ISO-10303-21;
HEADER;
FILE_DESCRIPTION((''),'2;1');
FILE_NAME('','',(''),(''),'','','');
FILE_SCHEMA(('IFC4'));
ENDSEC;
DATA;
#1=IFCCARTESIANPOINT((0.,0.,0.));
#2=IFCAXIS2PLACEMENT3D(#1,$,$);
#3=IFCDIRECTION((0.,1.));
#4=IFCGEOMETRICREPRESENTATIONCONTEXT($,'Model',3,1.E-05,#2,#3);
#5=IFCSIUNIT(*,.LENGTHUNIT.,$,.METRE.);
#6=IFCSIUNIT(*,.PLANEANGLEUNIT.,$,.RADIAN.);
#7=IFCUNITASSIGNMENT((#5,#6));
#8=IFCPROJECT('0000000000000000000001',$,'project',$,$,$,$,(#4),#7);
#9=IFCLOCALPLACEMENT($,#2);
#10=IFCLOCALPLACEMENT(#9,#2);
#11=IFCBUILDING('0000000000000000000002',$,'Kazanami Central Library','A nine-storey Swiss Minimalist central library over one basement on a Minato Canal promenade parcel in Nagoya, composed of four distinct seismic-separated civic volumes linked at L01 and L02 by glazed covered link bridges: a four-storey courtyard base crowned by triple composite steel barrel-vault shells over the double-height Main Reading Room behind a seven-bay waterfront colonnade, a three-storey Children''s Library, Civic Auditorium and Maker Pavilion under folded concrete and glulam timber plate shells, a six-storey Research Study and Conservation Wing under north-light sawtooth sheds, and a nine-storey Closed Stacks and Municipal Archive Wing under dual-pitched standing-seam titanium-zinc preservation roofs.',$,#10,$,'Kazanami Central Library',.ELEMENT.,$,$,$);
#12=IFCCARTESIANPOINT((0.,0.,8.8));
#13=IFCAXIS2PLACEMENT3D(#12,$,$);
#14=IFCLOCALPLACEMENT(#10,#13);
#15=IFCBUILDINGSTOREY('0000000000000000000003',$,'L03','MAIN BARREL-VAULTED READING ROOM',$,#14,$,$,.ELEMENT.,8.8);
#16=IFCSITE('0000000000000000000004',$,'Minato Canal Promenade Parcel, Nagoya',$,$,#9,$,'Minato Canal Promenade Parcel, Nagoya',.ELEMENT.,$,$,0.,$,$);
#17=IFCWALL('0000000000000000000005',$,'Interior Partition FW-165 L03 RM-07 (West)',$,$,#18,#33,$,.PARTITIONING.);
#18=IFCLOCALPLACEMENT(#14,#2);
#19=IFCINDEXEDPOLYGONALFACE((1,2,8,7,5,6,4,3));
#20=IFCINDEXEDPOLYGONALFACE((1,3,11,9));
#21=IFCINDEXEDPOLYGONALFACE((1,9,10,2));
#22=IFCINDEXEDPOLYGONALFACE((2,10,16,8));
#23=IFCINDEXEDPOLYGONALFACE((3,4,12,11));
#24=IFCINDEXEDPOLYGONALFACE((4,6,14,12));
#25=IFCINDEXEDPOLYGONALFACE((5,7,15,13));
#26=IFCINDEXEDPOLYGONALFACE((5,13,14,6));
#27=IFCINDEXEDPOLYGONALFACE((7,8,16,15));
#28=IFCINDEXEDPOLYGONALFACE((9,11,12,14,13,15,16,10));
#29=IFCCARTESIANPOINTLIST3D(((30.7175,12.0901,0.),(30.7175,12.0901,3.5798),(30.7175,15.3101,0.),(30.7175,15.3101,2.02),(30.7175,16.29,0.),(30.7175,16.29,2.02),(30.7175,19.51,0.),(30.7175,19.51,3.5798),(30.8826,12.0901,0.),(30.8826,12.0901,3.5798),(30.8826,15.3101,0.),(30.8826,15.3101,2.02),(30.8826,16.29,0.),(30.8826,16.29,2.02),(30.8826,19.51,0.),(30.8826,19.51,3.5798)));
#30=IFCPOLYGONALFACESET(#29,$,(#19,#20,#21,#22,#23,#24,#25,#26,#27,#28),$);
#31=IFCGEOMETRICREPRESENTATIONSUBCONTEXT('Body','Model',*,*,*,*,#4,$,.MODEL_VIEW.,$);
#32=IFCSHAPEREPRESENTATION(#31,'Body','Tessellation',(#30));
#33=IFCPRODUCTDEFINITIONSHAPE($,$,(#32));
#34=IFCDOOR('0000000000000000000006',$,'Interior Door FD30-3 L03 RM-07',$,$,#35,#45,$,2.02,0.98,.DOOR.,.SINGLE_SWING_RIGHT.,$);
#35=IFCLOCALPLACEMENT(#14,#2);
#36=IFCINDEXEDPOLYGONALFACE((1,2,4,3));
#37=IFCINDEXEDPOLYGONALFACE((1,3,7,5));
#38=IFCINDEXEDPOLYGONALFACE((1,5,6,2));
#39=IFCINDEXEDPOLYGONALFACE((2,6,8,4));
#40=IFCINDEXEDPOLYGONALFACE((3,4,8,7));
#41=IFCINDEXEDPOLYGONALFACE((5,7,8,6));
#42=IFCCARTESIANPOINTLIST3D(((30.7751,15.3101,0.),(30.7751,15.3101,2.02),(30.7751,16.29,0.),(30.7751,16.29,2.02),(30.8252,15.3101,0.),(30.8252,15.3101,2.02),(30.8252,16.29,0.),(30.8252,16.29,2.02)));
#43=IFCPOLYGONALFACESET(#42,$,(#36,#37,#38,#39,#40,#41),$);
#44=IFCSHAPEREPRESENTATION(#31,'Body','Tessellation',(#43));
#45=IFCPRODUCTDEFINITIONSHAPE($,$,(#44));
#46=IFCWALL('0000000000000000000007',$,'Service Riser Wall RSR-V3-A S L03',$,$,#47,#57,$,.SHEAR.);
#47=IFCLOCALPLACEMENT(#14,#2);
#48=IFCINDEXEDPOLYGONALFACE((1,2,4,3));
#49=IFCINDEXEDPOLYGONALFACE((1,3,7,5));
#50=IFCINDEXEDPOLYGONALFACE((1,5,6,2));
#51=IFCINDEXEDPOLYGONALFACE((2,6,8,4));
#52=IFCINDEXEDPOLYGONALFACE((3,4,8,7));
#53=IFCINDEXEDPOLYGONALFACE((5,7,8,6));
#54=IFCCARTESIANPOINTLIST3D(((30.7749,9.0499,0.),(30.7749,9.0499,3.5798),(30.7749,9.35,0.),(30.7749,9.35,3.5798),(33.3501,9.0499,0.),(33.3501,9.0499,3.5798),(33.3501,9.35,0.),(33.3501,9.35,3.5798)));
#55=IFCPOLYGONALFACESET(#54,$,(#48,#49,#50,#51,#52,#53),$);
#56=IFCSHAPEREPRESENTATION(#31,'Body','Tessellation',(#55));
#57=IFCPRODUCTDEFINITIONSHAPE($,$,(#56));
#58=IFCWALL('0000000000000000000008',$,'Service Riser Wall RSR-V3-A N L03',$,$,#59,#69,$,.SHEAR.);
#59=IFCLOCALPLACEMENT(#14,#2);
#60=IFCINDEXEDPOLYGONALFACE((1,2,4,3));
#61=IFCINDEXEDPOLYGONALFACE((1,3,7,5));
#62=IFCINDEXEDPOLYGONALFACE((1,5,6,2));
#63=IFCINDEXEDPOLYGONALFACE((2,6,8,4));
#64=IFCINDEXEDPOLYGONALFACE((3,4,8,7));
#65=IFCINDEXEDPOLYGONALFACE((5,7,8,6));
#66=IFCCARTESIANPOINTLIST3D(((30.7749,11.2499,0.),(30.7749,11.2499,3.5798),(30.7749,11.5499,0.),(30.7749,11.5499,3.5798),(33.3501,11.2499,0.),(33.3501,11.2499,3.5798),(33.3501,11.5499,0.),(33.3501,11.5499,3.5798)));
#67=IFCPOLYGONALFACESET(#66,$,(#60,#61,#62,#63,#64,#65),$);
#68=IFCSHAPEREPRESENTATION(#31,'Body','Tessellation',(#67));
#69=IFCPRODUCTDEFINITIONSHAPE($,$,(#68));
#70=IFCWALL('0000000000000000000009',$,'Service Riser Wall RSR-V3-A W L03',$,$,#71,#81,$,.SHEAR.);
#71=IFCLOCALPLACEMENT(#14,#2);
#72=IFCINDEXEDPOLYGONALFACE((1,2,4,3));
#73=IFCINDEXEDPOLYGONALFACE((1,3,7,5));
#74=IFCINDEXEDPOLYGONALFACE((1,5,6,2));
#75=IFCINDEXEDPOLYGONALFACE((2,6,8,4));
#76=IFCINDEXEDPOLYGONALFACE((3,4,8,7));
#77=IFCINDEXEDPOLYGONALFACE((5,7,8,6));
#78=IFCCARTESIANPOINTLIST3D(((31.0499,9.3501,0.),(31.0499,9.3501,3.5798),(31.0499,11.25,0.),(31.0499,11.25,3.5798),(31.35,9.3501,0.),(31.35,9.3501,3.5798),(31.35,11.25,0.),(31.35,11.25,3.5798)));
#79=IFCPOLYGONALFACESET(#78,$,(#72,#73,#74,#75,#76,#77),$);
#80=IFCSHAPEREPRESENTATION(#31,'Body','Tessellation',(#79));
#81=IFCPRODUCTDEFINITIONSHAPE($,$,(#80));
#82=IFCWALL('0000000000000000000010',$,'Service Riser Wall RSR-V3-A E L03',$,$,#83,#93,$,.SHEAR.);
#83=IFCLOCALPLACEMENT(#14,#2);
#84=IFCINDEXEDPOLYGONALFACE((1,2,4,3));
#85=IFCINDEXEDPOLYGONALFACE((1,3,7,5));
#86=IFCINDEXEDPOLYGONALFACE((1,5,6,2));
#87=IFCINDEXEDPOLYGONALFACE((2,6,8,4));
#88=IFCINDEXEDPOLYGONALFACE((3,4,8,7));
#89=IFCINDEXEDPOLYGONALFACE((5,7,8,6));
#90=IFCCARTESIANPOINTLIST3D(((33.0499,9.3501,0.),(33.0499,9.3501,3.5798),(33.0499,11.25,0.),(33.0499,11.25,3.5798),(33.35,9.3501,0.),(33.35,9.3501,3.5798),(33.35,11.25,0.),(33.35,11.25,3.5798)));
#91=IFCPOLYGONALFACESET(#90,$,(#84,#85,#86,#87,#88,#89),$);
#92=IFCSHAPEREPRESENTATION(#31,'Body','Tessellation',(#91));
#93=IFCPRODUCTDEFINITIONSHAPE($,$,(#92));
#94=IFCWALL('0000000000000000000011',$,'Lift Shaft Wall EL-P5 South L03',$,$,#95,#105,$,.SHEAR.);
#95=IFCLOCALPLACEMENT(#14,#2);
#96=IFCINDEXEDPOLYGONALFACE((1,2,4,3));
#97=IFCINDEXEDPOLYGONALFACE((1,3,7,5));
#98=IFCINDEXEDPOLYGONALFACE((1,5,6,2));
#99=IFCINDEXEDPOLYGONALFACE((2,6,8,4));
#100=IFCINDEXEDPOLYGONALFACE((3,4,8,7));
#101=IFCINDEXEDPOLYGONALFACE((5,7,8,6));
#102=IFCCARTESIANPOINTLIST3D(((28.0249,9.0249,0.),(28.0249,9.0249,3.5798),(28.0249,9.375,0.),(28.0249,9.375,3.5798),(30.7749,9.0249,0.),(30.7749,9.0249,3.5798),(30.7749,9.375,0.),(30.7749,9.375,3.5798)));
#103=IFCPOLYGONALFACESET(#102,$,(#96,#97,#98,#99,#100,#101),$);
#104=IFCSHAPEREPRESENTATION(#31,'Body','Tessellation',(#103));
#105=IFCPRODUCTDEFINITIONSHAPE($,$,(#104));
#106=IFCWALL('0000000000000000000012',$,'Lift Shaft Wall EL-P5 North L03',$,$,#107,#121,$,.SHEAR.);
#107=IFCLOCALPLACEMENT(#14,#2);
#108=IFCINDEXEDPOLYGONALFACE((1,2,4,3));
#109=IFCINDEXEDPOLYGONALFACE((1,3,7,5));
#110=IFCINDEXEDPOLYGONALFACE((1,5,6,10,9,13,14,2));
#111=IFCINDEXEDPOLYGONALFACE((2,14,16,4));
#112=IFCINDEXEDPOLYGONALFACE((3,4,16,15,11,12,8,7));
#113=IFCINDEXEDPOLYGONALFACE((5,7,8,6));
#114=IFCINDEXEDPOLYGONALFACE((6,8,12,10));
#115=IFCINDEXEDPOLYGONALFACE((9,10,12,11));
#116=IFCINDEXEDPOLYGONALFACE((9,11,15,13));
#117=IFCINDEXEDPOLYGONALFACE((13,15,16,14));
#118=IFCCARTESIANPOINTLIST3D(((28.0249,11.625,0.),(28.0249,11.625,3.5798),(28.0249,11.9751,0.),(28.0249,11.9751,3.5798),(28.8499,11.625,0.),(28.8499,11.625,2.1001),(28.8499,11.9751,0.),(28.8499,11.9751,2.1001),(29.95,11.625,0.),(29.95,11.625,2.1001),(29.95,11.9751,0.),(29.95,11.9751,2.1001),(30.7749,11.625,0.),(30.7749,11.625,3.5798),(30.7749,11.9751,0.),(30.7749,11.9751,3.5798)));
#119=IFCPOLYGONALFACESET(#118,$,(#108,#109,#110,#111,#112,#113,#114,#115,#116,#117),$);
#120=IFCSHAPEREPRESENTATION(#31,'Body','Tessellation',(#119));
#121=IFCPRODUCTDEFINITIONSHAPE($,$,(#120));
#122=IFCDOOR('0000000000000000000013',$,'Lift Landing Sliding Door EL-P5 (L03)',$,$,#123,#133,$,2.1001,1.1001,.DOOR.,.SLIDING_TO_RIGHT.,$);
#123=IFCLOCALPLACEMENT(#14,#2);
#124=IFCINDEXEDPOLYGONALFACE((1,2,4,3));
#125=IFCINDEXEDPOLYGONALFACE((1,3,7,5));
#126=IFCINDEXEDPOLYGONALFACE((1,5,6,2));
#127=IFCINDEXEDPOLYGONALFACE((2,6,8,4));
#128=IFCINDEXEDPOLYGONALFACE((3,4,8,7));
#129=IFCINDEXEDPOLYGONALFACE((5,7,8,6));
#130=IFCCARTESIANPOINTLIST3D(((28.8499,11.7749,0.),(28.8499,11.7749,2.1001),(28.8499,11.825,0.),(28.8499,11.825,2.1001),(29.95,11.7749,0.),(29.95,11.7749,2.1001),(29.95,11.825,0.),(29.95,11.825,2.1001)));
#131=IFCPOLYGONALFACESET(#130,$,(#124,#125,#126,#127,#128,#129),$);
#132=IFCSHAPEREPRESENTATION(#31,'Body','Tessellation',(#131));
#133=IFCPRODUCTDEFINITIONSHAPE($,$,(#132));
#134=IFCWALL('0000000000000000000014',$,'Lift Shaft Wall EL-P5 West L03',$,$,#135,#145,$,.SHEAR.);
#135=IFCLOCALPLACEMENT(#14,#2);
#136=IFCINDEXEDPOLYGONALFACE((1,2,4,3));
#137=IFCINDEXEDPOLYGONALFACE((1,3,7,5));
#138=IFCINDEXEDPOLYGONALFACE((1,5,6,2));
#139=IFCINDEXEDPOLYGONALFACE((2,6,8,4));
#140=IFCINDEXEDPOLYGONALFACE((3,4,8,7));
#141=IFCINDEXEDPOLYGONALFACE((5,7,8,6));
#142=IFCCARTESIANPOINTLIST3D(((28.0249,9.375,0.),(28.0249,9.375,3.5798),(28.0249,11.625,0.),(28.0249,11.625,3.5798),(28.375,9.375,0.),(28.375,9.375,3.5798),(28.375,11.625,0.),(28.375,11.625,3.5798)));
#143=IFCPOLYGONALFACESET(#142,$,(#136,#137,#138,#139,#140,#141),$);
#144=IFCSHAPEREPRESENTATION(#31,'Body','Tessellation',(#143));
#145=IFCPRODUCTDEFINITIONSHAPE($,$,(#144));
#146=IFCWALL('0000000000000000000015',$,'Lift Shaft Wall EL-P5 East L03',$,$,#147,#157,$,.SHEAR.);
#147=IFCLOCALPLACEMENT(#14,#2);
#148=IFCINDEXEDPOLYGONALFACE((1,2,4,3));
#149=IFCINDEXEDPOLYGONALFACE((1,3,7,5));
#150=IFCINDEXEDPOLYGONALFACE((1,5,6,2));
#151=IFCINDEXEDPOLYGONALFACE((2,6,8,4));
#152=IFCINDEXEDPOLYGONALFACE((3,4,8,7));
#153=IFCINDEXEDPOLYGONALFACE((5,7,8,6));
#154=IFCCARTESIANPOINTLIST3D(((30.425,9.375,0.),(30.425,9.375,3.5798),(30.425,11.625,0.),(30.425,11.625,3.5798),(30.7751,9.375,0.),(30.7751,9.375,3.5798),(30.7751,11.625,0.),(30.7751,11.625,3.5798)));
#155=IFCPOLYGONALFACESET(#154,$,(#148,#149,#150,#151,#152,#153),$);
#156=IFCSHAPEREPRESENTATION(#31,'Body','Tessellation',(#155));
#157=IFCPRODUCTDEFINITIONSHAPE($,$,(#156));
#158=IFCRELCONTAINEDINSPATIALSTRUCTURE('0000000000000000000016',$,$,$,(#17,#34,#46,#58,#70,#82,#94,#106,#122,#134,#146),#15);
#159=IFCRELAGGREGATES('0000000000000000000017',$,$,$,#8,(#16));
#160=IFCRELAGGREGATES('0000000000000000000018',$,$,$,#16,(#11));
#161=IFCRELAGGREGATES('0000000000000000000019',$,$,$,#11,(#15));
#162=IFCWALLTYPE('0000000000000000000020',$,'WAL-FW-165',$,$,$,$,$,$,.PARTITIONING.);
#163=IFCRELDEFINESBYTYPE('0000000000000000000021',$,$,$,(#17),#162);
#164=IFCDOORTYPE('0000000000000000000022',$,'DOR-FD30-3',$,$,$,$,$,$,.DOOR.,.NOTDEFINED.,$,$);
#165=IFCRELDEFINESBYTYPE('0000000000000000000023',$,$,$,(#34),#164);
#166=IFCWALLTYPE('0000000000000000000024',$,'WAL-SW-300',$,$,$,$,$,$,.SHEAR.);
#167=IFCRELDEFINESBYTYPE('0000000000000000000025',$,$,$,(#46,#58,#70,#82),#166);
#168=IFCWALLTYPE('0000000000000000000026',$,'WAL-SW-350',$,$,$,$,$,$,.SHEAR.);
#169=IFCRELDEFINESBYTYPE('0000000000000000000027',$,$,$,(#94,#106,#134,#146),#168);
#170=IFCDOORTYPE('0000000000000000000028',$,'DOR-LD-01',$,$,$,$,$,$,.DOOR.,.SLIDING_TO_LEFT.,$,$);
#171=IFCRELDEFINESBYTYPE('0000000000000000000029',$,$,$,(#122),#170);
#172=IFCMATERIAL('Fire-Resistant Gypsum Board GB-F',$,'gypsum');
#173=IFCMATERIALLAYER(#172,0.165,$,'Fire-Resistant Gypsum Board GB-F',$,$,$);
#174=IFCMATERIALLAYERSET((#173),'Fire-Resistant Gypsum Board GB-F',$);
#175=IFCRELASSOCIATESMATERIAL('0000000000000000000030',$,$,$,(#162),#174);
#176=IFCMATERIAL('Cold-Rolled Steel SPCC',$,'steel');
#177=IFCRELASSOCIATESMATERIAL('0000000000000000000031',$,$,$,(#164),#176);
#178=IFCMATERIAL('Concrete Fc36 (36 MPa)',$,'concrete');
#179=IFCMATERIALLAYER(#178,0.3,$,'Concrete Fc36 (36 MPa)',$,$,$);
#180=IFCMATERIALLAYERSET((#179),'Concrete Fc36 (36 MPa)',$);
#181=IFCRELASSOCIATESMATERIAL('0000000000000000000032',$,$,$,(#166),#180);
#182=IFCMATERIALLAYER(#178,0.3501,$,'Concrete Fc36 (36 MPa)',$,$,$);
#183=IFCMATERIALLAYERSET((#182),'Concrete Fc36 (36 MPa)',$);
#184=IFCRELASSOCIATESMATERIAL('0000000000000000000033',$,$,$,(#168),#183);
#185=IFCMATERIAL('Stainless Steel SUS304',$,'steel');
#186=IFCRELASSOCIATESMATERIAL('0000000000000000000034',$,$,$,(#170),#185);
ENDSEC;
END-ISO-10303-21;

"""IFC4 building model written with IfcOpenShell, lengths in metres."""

from ifc_helpers import new_model, si_unit, direction, frame, frame_2d, origin, place, context, subcontext, project, spatial, rectangle, extrude, material, layer, layer_set, type_object, element, fill, save


model = new_model("IFC4")

# Units and contexts
model_context = context("Model", 3, precision=1e-05, world=origin(), true_north=direction((0.0, 1.0)))
body_context = subcontext(model_context, "Body", "Model", "MODEL_VIEW")
ifc_project = project(units=[si_unit("LENGTHUNIT", "METRE"), si_unit("PLANEANGLEUNIT", "RADIAN")], contexts=[model_context])

# Site, building, storey
site_placement = place(None, origin())
site = spatial("IfcSite", under=ifc_project, at=site_placement, Name="Minato Canal Promenade Parcel, Nagoya", LongName="Minato Canal Promenade Parcel, Nagoya", CompositionType="ELEMENT", RefElevation=0.0)
building_placement = place(site_placement, origin())
building = spatial("IfcBuilding", under=site, at=building_placement, Name="Kazanami Central Library", Description="A nine-storey Swiss Minimalist central library over one basement on a Minato Canal promenade parcel in Nagoya, composed of four distinct seismic-separated civic volumes linked at L01 and L02 by glazed covered link bridges: a four-storey courtyard base crowned by triple composite steel barrel-vault shells over the double-height Main Reading Room behind a seven-bay waterfront colonnade, a three-storey Children's Library, Civic Auditorium and Maker Pavilion under folded concrete and glulam timber plate shells, a six-storey Research Study and Conservation Wing under north-light sawtooth sheds, and a nine-storey Closed Stacks and Municipal Archive Wing under dual-pitched standing-seam titanium-zinc preservation roofs.", LongName="Kazanami Central Library", CompositionType="ELEMENT")
storey_placement = place(building_placement, frame((0.0, 0.0, 8.8)))
storey = spatial("IfcBuildingStorey", under=building, at=storey_placement, Name="L03", Description="MAIN BARREL-VAULTED READING ROOM", CompositionType="ELEMENT", Elevation=8.8)

# Shared definitions
ifc_material_1 = material(Name="Fire-Resistant Gypsum Board GB-F", Category="gypsum")
ifc_layer_1 = layer(ifc_material_1, 0.165, Name="Fire-Resistant Gypsum Board GB-F")
ifc_layer_set_1 = layer_set([ifc_layer_1], Name="Fire-Resistant Gypsum Board GB-F")
wall_type_1 = type_object("IfcWallType", Name="WAL-FW-165", PredefinedType="PARTITIONING", material=ifc_layer_set_1)

# Wall, opening, door
wall_1_placement = place(storey_placement, frame((30.8, 12.0901, 0.0), z_axis=(0.0, 0.0, 1.0), x_axis=(0.0, 1.0, 0.0)))
wall_1 = element("IfcWall", 1, at=wall_1_placement, inside=storey, type_object=wall_type_1, Name="Interior Partition FW-165 L03 RM-07 (West)", PredefinedType="PARTITIONING", context=body_context, shape_type="SweptSolid", body=[
    extrude(rectangle(XDim=7.4199, YDim=0.165, at=frame_2d((3.71, 0.0))), origin(), (0.0, 0.0, 1.0), 3.5798),
])
opening_1_placement = place(wall_1_placement, frame((3.22, 0.0, 0.0)))
opening_1 = element("IfcOpeningElement", 2, at=opening_1_placement, cuts=wall_1, PredefinedType="OPENING", context=body_context, shape_type="SweptSolid", body=[
    extrude(rectangle(XDim=0.98, YDim=2.02, at=frame_2d((0.49, 1.01))), frame((0.0, 0.0945, 0.0), z_axis=(0.0, -1.0, 0.0), x_axis=(1.0, 0.0, 0.0)), (0.0, 0.0, 1.0), 0.189),
])
ifc_material_2 = material(Name="Cold-Rolled Steel SPCC", Category="steel")
door_type_1 = type_object("IfcDoorType", Name="DOR-FD30-3", OperationType="NOTDEFINED", PredefinedType="DOOR", material=ifc_material_2)
door_1_placement = place(opening_1_placement, origin())
door_1 = element("IfcDoor", 3, at=door_1_placement, inside=storey, type_object=door_type_1, Name="Interior Door FD30-3 L03 RM-07", OperationType="SINGLE_SWING_RIGHT", OverallHeight=2.02, OverallWidth=0.98, PredefinedType="DOOR", context=body_context, shape_type="SweptSolid", body=[
    extrude(rectangle(XDim=0.98, YDim=2.02, at=frame_2d((0.49, 1.01))), frame((0.0, 0.0249, 0.0), z_axis=(0.0, -1.0, 0.0), x_axis=(1.0, 0.0, 0.0)), (0.0, 0.0, 1.0), 0.05),
])
fill(opening_1, door_1)

# Walls
ifc_material_3 = material(Name="Concrete Fc36 (36 MPa)", Category="concrete")
ifc_layer_2 = layer(ifc_material_3, 0.3, Name="Concrete Fc36 (36 MPa)")
ifc_layer_set_2 = layer_set([ifc_layer_2], Name="Concrete Fc36 (36 MPa)")
wall_type_2 = type_object("IfcWallType", Name="WAL-SW-300", PredefinedType="SHEAR", material=ifc_layer_set_2)
for number, where, z_axis, x_axis, name in (
    (4, (30.7749, 9.2, 0.0), (0.0, 0.0, 1.0), (1.0, 0.0, 0.0), "Service Riser Wall RSR-V3-A S L03"),
    (5, (30.7749, 11.3999, 0.0), (0.0, 0.0, 1.0), (1.0, 0.0, 0.0), "Service Riser Wall RSR-V3-A N L03"),
):
    element("IfcWall", number, at=place(storey_placement, frame(where, z_axis=z_axis, x_axis=x_axis)), inside=storey, type_object=wall_type_2, Name=name, PredefinedType="SHEAR", context=body_context, shape_type="SweptSolid", body=[
        extrude(rectangle(XDim=2.5752, YDim=0.3, at=frame_2d((1.2876, 0.0))), origin(), (0.0, 0.0, 1.0), 3.5798),
    ])
for number, where, z_axis, x_axis, name in (
    (6, (31.2, 9.3501, 0.0), (0.0, 0.0, 1.0), (0.0, 1.0, 0.0), "Service Riser Wall RSR-V3-A W L03"),
    (7, (33.2, 9.3501, 0.0), (0.0, 0.0, 1.0), (0.0, 1.0, 0.0), "Service Riser Wall RSR-V3-A E L03"),
):
    element("IfcWall", number, at=place(storey_placement, frame(where, z_axis=z_axis, x_axis=x_axis)), inside=storey, type_object=wall_type_2, Name=name, PredefinedType="SHEAR", context=body_context, shape_type="SweptSolid", body=[
        extrude(rectangle(XDim=1.8999, YDim=0.3, at=frame_2d((0.95, 0.0))), origin(), (0.0, 0.0, 1.0), 3.5798),
    ])
ifc_layer_3 = layer(ifc_material_3, 0.3501, Name="Concrete Fc36 (36 MPa)")
ifc_layer_set_3 = layer_set([ifc_layer_3], Name="Concrete Fc36 (36 MPa)")
wall_type_3 = type_object("IfcWallType", Name="WAL-SW-350", PredefinedType="SHEAR", material=ifc_layer_set_3)
wall_2_placement = place(storey_placement, frame((28.0249, 9.2, 0.0), z_axis=(0.0, 0.0, 1.0), x_axis=(1.0, 0.0, 0.0)))
element("IfcWall", 8, at=wall_2_placement, inside=storey, type_object=wall_type_3, Name="Lift Shaft Wall EL-P5 South L03", PredefinedType="SHEAR", context=body_context, shape_type="SweptSolid", body=[
    extrude(rectangle(XDim=2.75, YDim=0.3501, at=frame_2d((1.375, 0.0))), origin(), (0.0, 0.0, 1.0), 3.5798),
])

# Wall, opening, door
wall_3_placement = place(storey_placement, frame((28.0249, 11.8, 0.0), z_axis=(0.0, 0.0, 1.0), x_axis=(1.0, 0.0, 0.0)))
wall_3 = element("IfcWall", 9, at=wall_3_placement, inside=storey, type_object=wall_type_3, Name="Lift Shaft Wall EL-P5 North L03", PredefinedType="SHEAR", context=body_context, shape_type="SweptSolid", body=[
    extrude(rectangle(XDim=2.75, YDim=0.3501, at=frame_2d((1.375, 0.0))), origin(), (0.0, 0.0, 1.0), 3.5798),
])
opening_2_placement = place(wall_3_placement, frame((0.825, 0.0, 0.0)))
opening_2 = element("IfcOpeningElement", 10, at=opening_2_placement, cuts=wall_3, PredefinedType="OPENING", context=body_context, shape_type="SweptSolid", body=[
    extrude(rectangle(XDim=1.1001, YDim=2.1001, at=frame_2d((0.55, 1.05))), frame((0.0, 0.187, 0.0), z_axis=(0.0, -1.0, 0.0), x_axis=(1.0, 0.0, 0.0)), (0.0, 0.0, 1.0), 0.374),
])
ifc_material_4 = material(Name="Stainless Steel SUS304", Category="steel")
door_type_2 = type_object("IfcDoorType", Name="DOR-LD-01", OperationType="SLIDING_TO_LEFT", PredefinedType="DOOR", material=ifc_material_4)
door_2_placement = place(opening_2_placement, origin())
door_2 = element("IfcDoor", 11, at=door_2_placement, inside=storey, type_object=door_type_2, Name="Lift Landing Sliding Door EL-P5 (L03)", OperationType="SLIDING_TO_RIGHT", OverallHeight=2.1001, OverallWidth=1.1001, PredefinedType="DOOR", context=body_context, shape_type="SweptSolid", body=[
    extrude(rectangle(XDim=1.1001, YDim=2.1001, at=frame_2d((0.55, 1.05))), frame((0.0, 0.0249, 0.0), z_axis=(0.0, -1.0, 0.0), x_axis=(1.0, 0.0, 0.0)), (0.0, 0.0, 1.0), 0.05),
])
fill(opening_2, door_2)

# Walls
for number, where, z_axis, x_axis, name in (
    (12, (28.2, 9.375, 0.0), (0.0, 0.0, 1.0), (0.0, 1.0, 0.0), "Lift Shaft Wall EL-P5 West L03"),
    (13, (30.6001, 9.375, 0.0), (0.0, 0.0, 1.0), (0.0, 1.0, 0.0), "Lift Shaft Wall EL-P5 East L03"),
):
    element("IfcWall", number, at=place(storey_placement, frame(where, z_axis=z_axis, x_axis=x_axis)), inside=storey, type_object=wall_type_3, Name=name, PredefinedType="SHEAR", context=body_context, shape_type="SweptSolid", body=[
        extrude(rectangle(XDim=2.25, YDim=0.3501, at=frame_2d((1.125, 0.0))), origin(), (0.0, 0.0, 1.0), 3.5798),
    ])

save(model, "model.ifc")
